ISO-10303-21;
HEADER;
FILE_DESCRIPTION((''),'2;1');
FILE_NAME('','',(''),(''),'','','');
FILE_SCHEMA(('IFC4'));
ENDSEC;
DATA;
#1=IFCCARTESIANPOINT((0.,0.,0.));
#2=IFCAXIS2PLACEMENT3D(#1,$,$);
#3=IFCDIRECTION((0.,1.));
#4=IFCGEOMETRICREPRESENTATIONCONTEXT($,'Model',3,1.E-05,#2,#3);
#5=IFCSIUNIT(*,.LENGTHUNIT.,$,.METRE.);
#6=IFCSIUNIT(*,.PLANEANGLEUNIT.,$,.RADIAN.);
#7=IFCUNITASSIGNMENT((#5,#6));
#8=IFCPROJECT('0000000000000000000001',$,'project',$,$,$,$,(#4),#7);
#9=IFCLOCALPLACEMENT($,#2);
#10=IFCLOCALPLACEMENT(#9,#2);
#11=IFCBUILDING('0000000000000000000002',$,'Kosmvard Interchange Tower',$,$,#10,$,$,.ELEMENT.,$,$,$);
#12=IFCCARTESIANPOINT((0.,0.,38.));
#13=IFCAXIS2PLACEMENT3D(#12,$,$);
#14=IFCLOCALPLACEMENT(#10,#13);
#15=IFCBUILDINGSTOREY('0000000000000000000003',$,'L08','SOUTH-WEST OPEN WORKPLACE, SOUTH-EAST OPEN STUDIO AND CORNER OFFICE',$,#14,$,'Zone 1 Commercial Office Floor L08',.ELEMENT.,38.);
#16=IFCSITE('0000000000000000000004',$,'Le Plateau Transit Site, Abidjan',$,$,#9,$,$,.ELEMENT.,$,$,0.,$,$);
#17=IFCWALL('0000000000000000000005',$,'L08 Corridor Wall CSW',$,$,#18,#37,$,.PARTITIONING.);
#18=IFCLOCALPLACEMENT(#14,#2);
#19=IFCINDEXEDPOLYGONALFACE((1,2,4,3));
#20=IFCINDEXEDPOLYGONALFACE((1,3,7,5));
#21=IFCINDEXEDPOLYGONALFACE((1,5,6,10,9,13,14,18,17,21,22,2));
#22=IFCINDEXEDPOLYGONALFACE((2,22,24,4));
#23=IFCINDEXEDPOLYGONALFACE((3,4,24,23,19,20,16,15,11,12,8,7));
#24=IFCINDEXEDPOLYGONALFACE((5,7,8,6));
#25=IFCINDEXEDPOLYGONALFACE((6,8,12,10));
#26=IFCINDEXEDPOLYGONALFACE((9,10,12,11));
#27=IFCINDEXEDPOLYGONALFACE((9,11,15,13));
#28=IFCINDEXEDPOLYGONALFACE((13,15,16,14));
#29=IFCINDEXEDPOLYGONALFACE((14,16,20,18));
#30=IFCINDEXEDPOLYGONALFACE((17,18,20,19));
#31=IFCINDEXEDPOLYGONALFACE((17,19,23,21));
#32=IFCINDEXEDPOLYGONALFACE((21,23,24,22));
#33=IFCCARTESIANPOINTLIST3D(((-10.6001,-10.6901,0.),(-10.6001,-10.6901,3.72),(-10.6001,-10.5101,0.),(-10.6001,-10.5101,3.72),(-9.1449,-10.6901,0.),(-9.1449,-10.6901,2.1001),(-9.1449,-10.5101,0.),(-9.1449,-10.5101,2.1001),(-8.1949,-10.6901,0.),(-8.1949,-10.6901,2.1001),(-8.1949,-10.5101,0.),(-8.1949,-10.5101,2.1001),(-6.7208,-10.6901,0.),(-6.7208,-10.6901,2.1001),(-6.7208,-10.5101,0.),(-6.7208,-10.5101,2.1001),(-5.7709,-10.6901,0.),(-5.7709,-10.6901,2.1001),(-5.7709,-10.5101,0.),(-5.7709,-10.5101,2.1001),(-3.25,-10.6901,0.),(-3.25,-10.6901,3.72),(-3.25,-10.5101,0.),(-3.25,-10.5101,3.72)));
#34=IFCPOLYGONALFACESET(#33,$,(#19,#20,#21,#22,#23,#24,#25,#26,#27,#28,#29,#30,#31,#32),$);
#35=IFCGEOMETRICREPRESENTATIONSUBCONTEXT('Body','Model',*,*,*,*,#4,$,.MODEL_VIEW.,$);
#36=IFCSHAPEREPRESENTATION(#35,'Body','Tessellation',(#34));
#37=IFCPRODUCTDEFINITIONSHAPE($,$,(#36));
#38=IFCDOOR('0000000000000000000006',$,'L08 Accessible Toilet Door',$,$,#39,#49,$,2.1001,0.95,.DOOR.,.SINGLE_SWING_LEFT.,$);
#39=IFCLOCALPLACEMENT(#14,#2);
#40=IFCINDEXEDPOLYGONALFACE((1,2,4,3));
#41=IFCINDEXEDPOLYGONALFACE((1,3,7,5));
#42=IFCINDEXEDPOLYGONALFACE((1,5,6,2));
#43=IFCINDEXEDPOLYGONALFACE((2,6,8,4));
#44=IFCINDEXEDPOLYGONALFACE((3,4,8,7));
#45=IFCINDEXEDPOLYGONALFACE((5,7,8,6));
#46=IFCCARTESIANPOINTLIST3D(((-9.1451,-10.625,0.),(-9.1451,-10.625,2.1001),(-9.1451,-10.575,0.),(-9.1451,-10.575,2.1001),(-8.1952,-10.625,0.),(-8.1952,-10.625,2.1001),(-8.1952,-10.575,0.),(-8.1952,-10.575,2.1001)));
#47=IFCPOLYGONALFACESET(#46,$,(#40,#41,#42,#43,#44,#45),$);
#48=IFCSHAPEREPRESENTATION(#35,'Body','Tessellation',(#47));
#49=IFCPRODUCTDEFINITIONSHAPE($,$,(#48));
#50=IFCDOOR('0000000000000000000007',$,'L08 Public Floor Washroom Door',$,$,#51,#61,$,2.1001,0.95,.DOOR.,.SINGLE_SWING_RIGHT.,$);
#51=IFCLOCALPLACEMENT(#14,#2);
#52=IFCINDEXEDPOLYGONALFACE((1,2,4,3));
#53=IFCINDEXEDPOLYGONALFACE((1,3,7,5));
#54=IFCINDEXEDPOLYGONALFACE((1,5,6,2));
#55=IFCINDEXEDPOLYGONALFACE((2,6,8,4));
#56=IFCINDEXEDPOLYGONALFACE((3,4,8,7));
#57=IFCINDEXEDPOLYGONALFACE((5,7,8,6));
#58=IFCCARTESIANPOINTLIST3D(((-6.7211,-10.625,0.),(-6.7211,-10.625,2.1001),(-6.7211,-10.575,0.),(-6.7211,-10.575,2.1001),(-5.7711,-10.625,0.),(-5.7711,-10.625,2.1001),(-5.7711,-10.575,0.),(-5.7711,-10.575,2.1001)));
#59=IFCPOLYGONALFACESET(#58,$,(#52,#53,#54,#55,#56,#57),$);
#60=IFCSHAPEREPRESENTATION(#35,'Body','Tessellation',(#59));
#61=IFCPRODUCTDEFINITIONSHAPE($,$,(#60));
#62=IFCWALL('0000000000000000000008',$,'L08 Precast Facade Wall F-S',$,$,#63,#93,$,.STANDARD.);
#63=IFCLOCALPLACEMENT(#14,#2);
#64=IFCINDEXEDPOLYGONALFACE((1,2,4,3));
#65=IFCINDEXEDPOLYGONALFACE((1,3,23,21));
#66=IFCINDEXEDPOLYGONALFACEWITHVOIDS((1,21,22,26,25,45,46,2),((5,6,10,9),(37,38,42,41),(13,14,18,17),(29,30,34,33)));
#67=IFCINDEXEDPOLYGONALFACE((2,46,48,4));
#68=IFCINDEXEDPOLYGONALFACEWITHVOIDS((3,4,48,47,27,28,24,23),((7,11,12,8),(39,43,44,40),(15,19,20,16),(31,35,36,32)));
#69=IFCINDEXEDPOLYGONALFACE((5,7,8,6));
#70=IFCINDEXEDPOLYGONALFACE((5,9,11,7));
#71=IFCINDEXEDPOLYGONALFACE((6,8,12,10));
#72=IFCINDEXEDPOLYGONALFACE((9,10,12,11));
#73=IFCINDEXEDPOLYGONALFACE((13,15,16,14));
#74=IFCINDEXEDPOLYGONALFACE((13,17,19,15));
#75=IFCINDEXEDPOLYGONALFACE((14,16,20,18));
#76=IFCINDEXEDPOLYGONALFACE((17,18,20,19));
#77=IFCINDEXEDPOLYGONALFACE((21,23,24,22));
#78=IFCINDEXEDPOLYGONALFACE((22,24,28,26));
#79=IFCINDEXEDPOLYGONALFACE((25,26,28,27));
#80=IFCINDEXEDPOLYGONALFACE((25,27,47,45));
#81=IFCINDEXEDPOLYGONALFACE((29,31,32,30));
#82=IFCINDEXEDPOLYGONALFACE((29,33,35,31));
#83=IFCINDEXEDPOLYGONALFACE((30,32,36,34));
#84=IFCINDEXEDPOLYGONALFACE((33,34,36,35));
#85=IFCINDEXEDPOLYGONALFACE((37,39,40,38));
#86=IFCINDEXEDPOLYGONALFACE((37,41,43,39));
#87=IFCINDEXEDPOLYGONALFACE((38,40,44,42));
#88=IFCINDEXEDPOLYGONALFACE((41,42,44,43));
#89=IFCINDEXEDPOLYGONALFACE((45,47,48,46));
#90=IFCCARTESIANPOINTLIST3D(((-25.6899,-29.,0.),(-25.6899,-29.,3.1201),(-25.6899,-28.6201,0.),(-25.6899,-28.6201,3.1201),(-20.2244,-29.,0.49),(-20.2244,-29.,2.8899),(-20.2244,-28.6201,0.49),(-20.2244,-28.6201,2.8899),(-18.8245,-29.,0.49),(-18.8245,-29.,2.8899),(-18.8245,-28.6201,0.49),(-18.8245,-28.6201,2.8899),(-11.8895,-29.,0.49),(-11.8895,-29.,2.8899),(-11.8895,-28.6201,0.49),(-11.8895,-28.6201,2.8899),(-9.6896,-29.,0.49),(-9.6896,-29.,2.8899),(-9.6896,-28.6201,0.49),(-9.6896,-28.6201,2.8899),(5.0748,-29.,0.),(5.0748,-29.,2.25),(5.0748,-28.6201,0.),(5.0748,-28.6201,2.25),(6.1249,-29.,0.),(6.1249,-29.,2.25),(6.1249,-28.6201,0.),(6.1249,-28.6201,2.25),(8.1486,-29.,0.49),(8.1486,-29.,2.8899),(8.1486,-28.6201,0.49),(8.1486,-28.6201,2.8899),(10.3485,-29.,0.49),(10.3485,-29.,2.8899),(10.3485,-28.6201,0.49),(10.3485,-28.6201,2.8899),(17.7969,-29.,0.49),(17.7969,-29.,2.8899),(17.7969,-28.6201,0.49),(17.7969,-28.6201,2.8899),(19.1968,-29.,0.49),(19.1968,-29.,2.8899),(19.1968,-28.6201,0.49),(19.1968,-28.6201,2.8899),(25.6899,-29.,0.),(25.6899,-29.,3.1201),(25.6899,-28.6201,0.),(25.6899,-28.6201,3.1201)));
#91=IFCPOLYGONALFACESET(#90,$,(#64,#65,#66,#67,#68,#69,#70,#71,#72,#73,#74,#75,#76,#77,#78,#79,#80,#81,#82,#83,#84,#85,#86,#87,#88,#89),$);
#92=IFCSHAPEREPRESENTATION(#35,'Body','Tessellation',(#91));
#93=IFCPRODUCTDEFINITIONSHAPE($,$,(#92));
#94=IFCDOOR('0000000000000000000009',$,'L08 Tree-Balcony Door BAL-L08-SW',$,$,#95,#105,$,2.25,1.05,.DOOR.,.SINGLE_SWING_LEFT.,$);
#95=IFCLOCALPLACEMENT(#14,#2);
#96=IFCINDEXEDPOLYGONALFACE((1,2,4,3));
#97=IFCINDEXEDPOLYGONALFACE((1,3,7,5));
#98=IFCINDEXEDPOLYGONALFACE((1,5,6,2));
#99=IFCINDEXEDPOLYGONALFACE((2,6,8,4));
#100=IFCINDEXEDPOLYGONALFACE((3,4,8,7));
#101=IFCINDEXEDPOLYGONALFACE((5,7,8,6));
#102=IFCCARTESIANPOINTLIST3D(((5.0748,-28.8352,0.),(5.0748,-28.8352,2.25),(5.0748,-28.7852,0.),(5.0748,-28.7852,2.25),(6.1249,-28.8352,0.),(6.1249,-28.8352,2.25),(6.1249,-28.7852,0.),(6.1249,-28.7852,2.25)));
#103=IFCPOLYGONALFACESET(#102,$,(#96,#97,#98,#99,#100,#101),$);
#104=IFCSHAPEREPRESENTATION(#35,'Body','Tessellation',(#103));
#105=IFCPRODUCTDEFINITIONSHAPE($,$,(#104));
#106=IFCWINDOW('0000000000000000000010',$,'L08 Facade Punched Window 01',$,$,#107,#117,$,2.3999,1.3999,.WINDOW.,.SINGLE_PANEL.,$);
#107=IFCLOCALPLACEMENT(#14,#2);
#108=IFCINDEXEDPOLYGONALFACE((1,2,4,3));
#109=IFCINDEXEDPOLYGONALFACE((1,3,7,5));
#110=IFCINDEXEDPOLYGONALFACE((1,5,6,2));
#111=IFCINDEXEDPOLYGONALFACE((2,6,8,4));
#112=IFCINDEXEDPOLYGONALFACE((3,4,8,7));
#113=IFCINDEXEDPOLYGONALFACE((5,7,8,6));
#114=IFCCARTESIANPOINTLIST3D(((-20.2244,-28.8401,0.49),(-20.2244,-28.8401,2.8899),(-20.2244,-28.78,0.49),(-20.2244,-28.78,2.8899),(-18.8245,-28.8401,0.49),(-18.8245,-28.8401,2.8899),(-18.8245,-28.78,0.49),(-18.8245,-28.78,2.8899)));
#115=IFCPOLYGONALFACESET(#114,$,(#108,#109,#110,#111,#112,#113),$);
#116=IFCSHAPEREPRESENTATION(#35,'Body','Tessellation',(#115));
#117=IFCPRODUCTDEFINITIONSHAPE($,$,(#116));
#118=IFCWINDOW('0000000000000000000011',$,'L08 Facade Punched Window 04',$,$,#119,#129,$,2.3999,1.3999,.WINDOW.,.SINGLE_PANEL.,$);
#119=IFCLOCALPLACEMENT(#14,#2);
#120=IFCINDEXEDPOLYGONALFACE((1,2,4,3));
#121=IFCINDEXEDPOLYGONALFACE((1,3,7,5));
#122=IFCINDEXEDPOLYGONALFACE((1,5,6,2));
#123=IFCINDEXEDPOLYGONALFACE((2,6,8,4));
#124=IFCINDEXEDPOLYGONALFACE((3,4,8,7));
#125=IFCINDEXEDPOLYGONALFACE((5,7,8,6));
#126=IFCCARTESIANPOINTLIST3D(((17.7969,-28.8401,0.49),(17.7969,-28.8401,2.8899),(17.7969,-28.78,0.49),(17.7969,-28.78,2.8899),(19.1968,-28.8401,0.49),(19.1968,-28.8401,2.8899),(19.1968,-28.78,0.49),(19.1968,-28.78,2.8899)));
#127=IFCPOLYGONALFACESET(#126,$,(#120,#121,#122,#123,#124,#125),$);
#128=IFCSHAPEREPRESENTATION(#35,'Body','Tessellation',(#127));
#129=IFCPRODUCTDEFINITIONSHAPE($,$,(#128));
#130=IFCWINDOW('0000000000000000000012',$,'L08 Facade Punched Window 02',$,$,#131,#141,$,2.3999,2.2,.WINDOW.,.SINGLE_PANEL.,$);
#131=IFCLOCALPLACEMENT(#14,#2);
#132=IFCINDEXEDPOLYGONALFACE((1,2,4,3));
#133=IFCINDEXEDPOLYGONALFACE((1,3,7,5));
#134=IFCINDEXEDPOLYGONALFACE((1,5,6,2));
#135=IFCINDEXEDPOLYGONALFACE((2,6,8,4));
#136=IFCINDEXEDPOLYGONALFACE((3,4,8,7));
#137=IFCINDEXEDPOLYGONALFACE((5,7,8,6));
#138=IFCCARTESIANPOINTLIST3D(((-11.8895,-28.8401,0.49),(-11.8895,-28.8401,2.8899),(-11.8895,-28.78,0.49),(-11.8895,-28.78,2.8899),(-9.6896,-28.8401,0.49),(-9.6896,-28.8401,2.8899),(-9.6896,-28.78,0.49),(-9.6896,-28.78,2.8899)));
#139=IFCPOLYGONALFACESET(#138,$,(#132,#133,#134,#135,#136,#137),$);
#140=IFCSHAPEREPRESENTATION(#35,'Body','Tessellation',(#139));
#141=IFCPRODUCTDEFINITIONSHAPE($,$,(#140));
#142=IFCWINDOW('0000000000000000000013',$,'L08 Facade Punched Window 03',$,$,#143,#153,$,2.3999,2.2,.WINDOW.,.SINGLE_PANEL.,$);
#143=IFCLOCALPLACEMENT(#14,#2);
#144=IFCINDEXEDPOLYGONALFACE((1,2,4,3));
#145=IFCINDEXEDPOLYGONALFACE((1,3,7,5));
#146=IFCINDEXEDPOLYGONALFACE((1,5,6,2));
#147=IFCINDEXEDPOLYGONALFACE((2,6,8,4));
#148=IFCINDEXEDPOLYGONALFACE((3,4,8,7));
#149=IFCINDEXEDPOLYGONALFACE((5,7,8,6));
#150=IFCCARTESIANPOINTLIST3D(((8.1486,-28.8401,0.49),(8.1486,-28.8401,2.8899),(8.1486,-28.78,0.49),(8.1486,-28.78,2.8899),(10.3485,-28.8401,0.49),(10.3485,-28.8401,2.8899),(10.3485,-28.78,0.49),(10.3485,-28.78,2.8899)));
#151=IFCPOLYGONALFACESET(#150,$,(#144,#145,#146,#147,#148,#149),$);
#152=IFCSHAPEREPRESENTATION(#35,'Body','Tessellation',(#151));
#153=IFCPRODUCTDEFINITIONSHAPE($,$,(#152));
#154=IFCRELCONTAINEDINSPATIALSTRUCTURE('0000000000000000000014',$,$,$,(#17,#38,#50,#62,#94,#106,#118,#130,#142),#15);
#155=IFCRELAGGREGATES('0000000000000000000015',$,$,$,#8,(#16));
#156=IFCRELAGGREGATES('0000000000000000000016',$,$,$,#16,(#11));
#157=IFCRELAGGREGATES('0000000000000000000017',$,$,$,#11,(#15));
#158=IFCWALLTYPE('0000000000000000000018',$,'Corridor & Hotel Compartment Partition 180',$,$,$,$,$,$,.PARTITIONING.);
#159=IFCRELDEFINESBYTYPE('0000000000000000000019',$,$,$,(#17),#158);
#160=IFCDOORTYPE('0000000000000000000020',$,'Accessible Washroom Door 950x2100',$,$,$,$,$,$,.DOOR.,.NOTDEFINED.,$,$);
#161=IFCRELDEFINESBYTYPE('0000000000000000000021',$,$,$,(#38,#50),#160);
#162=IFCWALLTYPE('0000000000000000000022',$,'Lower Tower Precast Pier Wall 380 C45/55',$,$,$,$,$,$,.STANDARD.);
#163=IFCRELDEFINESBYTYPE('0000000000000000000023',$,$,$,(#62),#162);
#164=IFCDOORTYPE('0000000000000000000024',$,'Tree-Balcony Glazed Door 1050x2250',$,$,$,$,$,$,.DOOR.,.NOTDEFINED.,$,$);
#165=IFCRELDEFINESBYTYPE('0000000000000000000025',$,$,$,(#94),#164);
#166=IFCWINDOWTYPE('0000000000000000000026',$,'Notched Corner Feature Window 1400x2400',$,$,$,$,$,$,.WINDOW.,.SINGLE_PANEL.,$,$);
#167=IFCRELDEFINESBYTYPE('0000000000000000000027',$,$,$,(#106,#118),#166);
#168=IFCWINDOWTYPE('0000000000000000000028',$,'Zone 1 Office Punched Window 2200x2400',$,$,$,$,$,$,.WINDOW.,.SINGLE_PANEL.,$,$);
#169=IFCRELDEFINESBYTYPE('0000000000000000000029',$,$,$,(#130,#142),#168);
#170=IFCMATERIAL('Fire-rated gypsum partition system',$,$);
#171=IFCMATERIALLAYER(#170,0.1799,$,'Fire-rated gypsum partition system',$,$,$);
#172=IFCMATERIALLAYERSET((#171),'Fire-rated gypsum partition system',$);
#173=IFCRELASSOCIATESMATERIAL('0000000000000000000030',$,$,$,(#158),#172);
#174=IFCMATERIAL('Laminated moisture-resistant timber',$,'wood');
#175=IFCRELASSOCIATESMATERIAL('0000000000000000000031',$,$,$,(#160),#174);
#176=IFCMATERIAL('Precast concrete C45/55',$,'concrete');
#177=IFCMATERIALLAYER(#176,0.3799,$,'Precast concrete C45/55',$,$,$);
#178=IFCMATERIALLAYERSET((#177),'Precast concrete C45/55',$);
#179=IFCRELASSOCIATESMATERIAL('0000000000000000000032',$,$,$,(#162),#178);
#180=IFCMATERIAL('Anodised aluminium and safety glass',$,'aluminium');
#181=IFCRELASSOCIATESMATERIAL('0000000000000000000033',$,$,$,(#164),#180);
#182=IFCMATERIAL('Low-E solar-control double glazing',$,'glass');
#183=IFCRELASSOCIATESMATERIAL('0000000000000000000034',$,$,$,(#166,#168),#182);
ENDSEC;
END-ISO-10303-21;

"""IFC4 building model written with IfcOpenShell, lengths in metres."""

from ifc_helpers import new_model, si_unit, direction, frame, frame_2d, origin, place, context, subcontext, project, spatial, rectangle, extrude, source, transform, mapped, material, layer, layer_set, type_object, element, fill, save


model = new_model("IFC4")

# Units and contexts
model_context = context("Model", 3, precision=1e-05, world=origin(), true_north=direction((0.0, 1.0)))
body_context = subcontext(model_context, "Body", "Model", "MODEL_VIEW")
ifc_project = project(units=[si_unit("LENGTHUNIT", "METRE"), si_unit("PLANEANGLEUNIT", "RADIAN")], contexts=[model_context])

# Site, building, storey
site_placement = place(None, origin())
site = spatial("IfcSite", under=ifc_project, at=site_placement, Name="Le Plateau Transit Site, Abidjan", CompositionType="ELEMENT", RefElevation=0.0)
building_placement = place(site_placement, origin())
building = spatial("IfcBuilding", under=site, at=building_placement, Name="Kosmvard Interchange Tower", CompositionType="ELEMENT")
storey_placement = place(building_placement, frame((0.0, 0.0, 38.0)))
storey = spatial("IfcBuildingStorey", under=building, at=storey_placement, Name="L08", Description="SOUTH-WEST OPEN WORKPLACE, SOUTH-EAST OPEN STUDIO AND CORNER OFFICE", LongName="Zone 1 Commercial Office Floor L08", CompositionType="ELEMENT", Elevation=38.0)

# Shared definitions
ifc_material_1 = material(Name="Precast concrete C45/55", Category="concrete")

# Wall, openings, doors
ifc_material_2 = material(Name="Fire-rated gypsum partition system")
ifc_layer_1 = layer(ifc_material_2, 0.1799, Name="Fire-rated gypsum partition system")
ifc_layer_set_1 = layer_set([ifc_layer_1], Name="Fire-rated gypsum partition system")
wall_type_1 = type_object("IfcWallType", Name="Corridor & Hotel Compartment Partition 180", PredefinedType="PARTITIONING", material=ifc_layer_set_1)
wall_1_placement = place(storey_placement, frame((-10.6001, -10.6001, 0.0), z_axis=(0.0, 0.0, 1.0), x_axis=(1.0, 0.0, 0.0)))
wall_1 = element("IfcWall", 1, at=wall_1_placement, inside=storey, type_object=wall_type_1, Name="L08 Corridor Wall CSW", PredefinedType="PARTITIONING", context=body_context, shape_type="SweptSolid", body=[
    extrude(rectangle(XDim=7.3501, YDim=0.1799, at=frame_2d((3.675, 0.0))), origin(), (0.0, 0.0, 1.0), 3.72),
])
opening_1_placement = place(wall_1_placement, frame((1.4551, 0.0, 0.0)))
opening_1 = element("IfcOpeningElement", 2, at=opening_1_placement, cuts=wall_1, PredefinedType="OPENING", context=body_context, shape_type="SweptSolid", body=[
    extrude(rectangle(XDim=0.95, YDim=2.1001, at=frame_2d((0.4751, 1.05))), frame((0.0, 0.1001, 0.0), z_axis=(0.0, -1.0, 0.0), x_axis=(1.0, 0.0, 0.0)), (0.0, 0.0, 1.0), 0.2),
])
opening_2_placement = place(wall_1_placement, frame((3.8792, 0.0, 0.0)))
opening_2 = element("IfcOpeningElement", 3, at=opening_2_placement, cuts=wall_1, PredefinedType="OPENING", context=body_context, shape_type="SweptSolid", body=[
    extrude(rectangle(XDim=0.95, YDim=2.1001, at=frame_2d((0.4751, 1.05))), frame((0.0, 0.1001, 0.0), z_axis=(0.0, -1.0, 0.0), x_axis=(1.0, 0.0, 0.0)), (0.0, 0.0, 1.0), 0.2),
])
ifc_material_3 = material(Name="Laminated moisture-resistant timber", Category="wood")
door_type_1 = type_object("IfcDoorType", Name="Accessible Washroom Door 950x2100", OperationType="NOTDEFINED", PredefinedType="DOOR", material=ifc_material_3)
shared_shape_1 = source(origin(), body_context, "Body", "SweptSolid", [
    extrude(rectangle(XDim=0.95, YDim=2.1001, at=frame_2d((0.4751, 1.05))), frame((0.0, 0.0249, 0.0), z_axis=(0.0, -1.0, 0.0), x_axis=(1.0, 0.0, 0.0)), (0.0, 0.0, 1.0), 0.05),
])
door_1_placement = place(opening_1_placement, frame((0.95, 0.0, 0.0), z_axis=(0.0, 0.0, 1.0), x_axis=(-1.0, 0.0, 0.0)))
door_1 = element("IfcDoor", 4, at=door_1_placement, inside=storey, type_object=door_type_1, Name="L08 Accessible Toilet Door", OperationType="SINGLE_SWING_LEFT", OverallHeight=2.1001, OverallWidth=0.95, PredefinedType="DOOR", context=body_context, shape_type="MappedRepresentation", body=[
    mapped(shared_shape_1, transform((0.0, 0.0, 0.0), scale=1.0)),
])
fill(opening_1, door_1)
door_2_placement = place(opening_2_placement, frame((0.95, 0.0, 0.0), z_axis=(0.0, 0.0, 1.0), x_axis=(-1.0, 0.0, 0.0)))
door_2 = element("IfcDoor", 5, at=door_2_placement, inside=storey, type_object=door_type_1, Name="L08 Public Floor Washroom Door", OperationType="SINGLE_SWING_RIGHT", OverallHeight=2.1001, OverallWidth=0.95, PredefinedType="DOOR", context=body_context, shape_type="MappedRepresentation", body=[
    mapped(shared_shape_1, transform((0.0, 0.0, 0.0), scale=1.0)),
])
fill(opening_2, door_2)

# Wall, openings, door, windows
ifc_layer_2 = layer(ifc_material_1, 0.3799, Name="Precast concrete C45/55")
ifc_layer_set_2 = layer_set([ifc_layer_2], Name="Precast concrete C45/55")
wall_type_2 = type_object("IfcWallType", Name="Lower Tower Precast Pier Wall 380 C45/55", PredefinedType="STANDARD", material=ifc_layer_set_2)
wall_2_placement = place(storey_placement, frame((-25.6899, -28.8101, 0.0), z_axis=(0.0, 0.0, 1.0), x_axis=(1.0, 0.0, 0.0)))
wall_2 = element("IfcWall", 6, at=wall_2_placement, inside=storey, type_object=wall_type_2, Name="L08 Precast Facade Wall F-S", PredefinedType="STANDARD", context=body_context, shape_type="SweptSolid", body=[
    extrude(rectangle(XDim=51.3799, YDim=0.3799, at=frame_2d((25.6899, 0.0))), origin(), (0.0, 0.0, 1.0), 3.1201),
])
opening_3_placement = place(wall_2_placement, frame((30.7649, 0.0, 0.0)))
opening_3 = element("IfcOpeningElement", 7, at=opening_3_placement, cuts=wall_2, PredefinedType="OPENING", context=body_context, shape_type="SweptSolid", body=[
    extrude(rectangle(XDim=1.05, YDim=2.25, at=frame_2d((0.5249, 1.125))), frame((0.0, 0.2, 0.0), z_axis=(0.0, -1.0, 0.0), x_axis=(1.0, 0.0, 0.0)), (0.0, 0.0, 1.0), 0.3999),
])
opening_4_placement = place(wall_2_placement, frame((5.4656, 0.0, 0.49)))
opening_4 = element("IfcOpeningElement", 8, at=opening_4_placement, cuts=wall_2, PredefinedType="OPENING", context=body_context, shape_type="SweptSolid", body=[
    extrude(rectangle(XDim=1.3999, YDim=2.3999, at=frame_2d((0.7, 1.2))), frame((0.0, 0.2, 0.0), z_axis=(0.0, -1.0, 0.0), x_axis=(1.0, 0.0, 0.0)), (0.0, 0.0, 1.0), 0.3999),
])
opening_5_placement = place(wall_2_placement, frame((13.8003, 0.0, 0.49)))
opening_5 = element("IfcOpeningElement", 9, at=opening_5_placement, cuts=wall_2, PredefinedType="OPENING", context=body_context, shape_type="SweptSolid", body=[
    extrude(rectangle(XDim=2.2, YDim=2.3999, at=frame_2d((1.1001, 1.2))), frame((0.0, 0.2, 0.0), z_axis=(0.0, -1.0, 0.0), x_axis=(1.0, 0.0, 0.0)), (0.0, 0.0, 1.0), 0.3999),
])
opening_6_placement = place(wall_2_placement, frame((33.8384, 0.0, 0.49)))
opening_6 = element("IfcOpeningElement", 10, at=opening_6_placement, cuts=wall_2, PredefinedType="OPENING", context=body_context, shape_type="SweptSolid", body=[
    extrude(rectangle(XDim=2.2, YDim=2.3999, at=frame_2d((1.1001, 1.2))), frame((0.0, 0.2, 0.0), z_axis=(0.0, -1.0, 0.0), x_axis=(1.0, 0.0, 0.0)), (0.0, 0.0, 1.0), 0.3999),
])
opening_7_placement = place(wall_2_placement, frame((43.4868, 0.0, 0.49)))
opening_7 = element("IfcOpeningElement", 11, at=opening_7_placement, cuts=wall_2, PredefinedType="OPENING", context=body_context, shape_type="SweptSolid", body=[
    extrude(rectangle(XDim=1.3999, YDim=2.3999, at=frame_2d((0.7, 1.2))), frame((0.0, 0.2, 0.0), z_axis=(0.0, -1.0, 0.0), x_axis=(1.0, 0.0, 0.0)), (0.0, 0.0, 1.0), 0.3999),
])
ifc_material_4 = material(Name="Anodised aluminium and safety glass", Category="aluminium")
door_type_2 = type_object("IfcDoorType", Name="Tree-Balcony Glazed Door 1050x2250", OperationType="NOTDEFINED", PredefinedType="DOOR", material=ifc_material_4)
shared_shape_2 = source(origin(), body_context, "Body", "SweptSolid", [
    extrude(rectangle(XDim=1.05, YDim=2.25, at=frame_2d((0.5249, 1.125))), frame((0.0, 0.0249, 0.0), z_axis=(0.0, -1.0, 0.0), x_axis=(1.0, 0.0, 0.0)), (0.0, 0.0, 1.0), 0.05),
])
door_3_placement = place(opening_3_placement, origin())
door_3 = element("IfcDoor", 12, at=door_3_placement, inside=storey, type_object=door_type_2, Name="L08 Tree-Balcony Door BAL-L08-SW", OperationType="SINGLE_SWING_LEFT", OverallHeight=2.25, OverallWidth=1.05, PredefinedType="DOOR", context=body_context, shape_type="MappedRepresentation", body=[
    mapped(shared_shape_2, transform((0.0, 0.0, 0.0), scale=1.0)),
])
fill(opening_3, door_3)
ifc_material_5 = material(Name="Low-E solar-control double glazing", Category="glass")
window_type_1 = type_object("IfcWindowType", Name="Notched Corner Feature Window 1400x2400", PartitioningType="SINGLE_PANEL", PredefinedType="WINDOW", material=ifc_material_5)
shared_shape_3 = source(origin(), body_context, "Body", "SweptSolid", [
    extrude(rectangle(XDim=1.3999, YDim=2.3999, at=frame_2d((0.7, 1.2))), frame((0.0, 0.03, 0.0), z_axis=(0.0, -1.0, 0.0), x_axis=(1.0, 0.0, 0.0)), (0.0, 0.0, 1.0), 0.0601),
])
window_1_placement = place(opening_4_placement, origin())
window_1 = element("IfcWindow", 13, at=window_1_placement, inside=storey, type_object=window_type_1, Name="L08 Facade Punched Window 01", OverallHeight=2.3999, OverallWidth=1.3999, PartitioningType="SINGLE_PANEL", PredefinedType="WINDOW", context=body_context, shape_type="MappedRepresentation", body=[
    mapped(shared_shape_3, transform((0.0, 0.0, 0.0), scale=1.0)),
])
fill(opening_4, window_1)
window_2_placement = place(opening_7_placement, origin())
window_2 = element("IfcWindow", 14, at=window_2_placement, inside=storey, type_object=window_type_1, Name="L08 Facade Punched Window 04", OverallHeight=2.3999, OverallWidth=1.3999, PartitioningType="SINGLE_PANEL", PredefinedType="WINDOW", context=body_context, shape_type="MappedRepresentation", body=[
    mapped(shared_shape_3, transform((0.0, 0.0, 0.0), scale=1.0)),
])
fill(opening_7, window_2)
window_type_2 = type_object("IfcWindowType", Name="Zone 1 Office Punched Window 2200x2400", PartitioningType="SINGLE_PANEL", PredefinedType="WINDOW", material=ifc_material_5)
shared_shape_4 = source(origin(), body_context, "Body", "SweptSolid", [
    extrude(rectangle(XDim=2.2, YDim=2.3999, at=frame_2d((1.1001, 1.2))), frame((0.0, 0.03, 0.0), z_axis=(0.0, -1.0, 0.0), x_axis=(1.0, 0.0, 0.0)), (0.0, 0.0, 1.0), 0.0601),
])
window_3_placement = place(opening_5_placement, origin())
window_3 = element("IfcWindow", 15, at=window_3_placement, inside=storey, type_object=window_type_2, Name="L08 Facade Punched Window 02", OverallHeight=2.3999, OverallWidth=2.2, PartitioningType="SINGLE_PANEL", PredefinedType="WINDOW", context=body_context, shape_type="MappedRepresentation", body=[
    mapped(shared_shape_4, transform((0.0, 0.0, 0.0), scale=1.0)),
])
fill(opening_5, window_3)
window_4_placement = place(opening_6_placement, origin())
window_4 = element("IfcWindow", 16, at=window_4_placement, inside=storey, type_object=window_type_2, Name="L08 Facade Punched Window 03", OverallHeight=2.3999, OverallWidth=2.2, PartitioningType="SINGLE_PANEL", PredefinedType="WINDOW", context=body_context, shape_type="MappedRepresentation", body=[
    mapped(shared_shape_4, transform((0.0, 0.0, 0.0), scale=1.0)),
])
fill(opening_6, window_4)

save(model, "model.ifc")
